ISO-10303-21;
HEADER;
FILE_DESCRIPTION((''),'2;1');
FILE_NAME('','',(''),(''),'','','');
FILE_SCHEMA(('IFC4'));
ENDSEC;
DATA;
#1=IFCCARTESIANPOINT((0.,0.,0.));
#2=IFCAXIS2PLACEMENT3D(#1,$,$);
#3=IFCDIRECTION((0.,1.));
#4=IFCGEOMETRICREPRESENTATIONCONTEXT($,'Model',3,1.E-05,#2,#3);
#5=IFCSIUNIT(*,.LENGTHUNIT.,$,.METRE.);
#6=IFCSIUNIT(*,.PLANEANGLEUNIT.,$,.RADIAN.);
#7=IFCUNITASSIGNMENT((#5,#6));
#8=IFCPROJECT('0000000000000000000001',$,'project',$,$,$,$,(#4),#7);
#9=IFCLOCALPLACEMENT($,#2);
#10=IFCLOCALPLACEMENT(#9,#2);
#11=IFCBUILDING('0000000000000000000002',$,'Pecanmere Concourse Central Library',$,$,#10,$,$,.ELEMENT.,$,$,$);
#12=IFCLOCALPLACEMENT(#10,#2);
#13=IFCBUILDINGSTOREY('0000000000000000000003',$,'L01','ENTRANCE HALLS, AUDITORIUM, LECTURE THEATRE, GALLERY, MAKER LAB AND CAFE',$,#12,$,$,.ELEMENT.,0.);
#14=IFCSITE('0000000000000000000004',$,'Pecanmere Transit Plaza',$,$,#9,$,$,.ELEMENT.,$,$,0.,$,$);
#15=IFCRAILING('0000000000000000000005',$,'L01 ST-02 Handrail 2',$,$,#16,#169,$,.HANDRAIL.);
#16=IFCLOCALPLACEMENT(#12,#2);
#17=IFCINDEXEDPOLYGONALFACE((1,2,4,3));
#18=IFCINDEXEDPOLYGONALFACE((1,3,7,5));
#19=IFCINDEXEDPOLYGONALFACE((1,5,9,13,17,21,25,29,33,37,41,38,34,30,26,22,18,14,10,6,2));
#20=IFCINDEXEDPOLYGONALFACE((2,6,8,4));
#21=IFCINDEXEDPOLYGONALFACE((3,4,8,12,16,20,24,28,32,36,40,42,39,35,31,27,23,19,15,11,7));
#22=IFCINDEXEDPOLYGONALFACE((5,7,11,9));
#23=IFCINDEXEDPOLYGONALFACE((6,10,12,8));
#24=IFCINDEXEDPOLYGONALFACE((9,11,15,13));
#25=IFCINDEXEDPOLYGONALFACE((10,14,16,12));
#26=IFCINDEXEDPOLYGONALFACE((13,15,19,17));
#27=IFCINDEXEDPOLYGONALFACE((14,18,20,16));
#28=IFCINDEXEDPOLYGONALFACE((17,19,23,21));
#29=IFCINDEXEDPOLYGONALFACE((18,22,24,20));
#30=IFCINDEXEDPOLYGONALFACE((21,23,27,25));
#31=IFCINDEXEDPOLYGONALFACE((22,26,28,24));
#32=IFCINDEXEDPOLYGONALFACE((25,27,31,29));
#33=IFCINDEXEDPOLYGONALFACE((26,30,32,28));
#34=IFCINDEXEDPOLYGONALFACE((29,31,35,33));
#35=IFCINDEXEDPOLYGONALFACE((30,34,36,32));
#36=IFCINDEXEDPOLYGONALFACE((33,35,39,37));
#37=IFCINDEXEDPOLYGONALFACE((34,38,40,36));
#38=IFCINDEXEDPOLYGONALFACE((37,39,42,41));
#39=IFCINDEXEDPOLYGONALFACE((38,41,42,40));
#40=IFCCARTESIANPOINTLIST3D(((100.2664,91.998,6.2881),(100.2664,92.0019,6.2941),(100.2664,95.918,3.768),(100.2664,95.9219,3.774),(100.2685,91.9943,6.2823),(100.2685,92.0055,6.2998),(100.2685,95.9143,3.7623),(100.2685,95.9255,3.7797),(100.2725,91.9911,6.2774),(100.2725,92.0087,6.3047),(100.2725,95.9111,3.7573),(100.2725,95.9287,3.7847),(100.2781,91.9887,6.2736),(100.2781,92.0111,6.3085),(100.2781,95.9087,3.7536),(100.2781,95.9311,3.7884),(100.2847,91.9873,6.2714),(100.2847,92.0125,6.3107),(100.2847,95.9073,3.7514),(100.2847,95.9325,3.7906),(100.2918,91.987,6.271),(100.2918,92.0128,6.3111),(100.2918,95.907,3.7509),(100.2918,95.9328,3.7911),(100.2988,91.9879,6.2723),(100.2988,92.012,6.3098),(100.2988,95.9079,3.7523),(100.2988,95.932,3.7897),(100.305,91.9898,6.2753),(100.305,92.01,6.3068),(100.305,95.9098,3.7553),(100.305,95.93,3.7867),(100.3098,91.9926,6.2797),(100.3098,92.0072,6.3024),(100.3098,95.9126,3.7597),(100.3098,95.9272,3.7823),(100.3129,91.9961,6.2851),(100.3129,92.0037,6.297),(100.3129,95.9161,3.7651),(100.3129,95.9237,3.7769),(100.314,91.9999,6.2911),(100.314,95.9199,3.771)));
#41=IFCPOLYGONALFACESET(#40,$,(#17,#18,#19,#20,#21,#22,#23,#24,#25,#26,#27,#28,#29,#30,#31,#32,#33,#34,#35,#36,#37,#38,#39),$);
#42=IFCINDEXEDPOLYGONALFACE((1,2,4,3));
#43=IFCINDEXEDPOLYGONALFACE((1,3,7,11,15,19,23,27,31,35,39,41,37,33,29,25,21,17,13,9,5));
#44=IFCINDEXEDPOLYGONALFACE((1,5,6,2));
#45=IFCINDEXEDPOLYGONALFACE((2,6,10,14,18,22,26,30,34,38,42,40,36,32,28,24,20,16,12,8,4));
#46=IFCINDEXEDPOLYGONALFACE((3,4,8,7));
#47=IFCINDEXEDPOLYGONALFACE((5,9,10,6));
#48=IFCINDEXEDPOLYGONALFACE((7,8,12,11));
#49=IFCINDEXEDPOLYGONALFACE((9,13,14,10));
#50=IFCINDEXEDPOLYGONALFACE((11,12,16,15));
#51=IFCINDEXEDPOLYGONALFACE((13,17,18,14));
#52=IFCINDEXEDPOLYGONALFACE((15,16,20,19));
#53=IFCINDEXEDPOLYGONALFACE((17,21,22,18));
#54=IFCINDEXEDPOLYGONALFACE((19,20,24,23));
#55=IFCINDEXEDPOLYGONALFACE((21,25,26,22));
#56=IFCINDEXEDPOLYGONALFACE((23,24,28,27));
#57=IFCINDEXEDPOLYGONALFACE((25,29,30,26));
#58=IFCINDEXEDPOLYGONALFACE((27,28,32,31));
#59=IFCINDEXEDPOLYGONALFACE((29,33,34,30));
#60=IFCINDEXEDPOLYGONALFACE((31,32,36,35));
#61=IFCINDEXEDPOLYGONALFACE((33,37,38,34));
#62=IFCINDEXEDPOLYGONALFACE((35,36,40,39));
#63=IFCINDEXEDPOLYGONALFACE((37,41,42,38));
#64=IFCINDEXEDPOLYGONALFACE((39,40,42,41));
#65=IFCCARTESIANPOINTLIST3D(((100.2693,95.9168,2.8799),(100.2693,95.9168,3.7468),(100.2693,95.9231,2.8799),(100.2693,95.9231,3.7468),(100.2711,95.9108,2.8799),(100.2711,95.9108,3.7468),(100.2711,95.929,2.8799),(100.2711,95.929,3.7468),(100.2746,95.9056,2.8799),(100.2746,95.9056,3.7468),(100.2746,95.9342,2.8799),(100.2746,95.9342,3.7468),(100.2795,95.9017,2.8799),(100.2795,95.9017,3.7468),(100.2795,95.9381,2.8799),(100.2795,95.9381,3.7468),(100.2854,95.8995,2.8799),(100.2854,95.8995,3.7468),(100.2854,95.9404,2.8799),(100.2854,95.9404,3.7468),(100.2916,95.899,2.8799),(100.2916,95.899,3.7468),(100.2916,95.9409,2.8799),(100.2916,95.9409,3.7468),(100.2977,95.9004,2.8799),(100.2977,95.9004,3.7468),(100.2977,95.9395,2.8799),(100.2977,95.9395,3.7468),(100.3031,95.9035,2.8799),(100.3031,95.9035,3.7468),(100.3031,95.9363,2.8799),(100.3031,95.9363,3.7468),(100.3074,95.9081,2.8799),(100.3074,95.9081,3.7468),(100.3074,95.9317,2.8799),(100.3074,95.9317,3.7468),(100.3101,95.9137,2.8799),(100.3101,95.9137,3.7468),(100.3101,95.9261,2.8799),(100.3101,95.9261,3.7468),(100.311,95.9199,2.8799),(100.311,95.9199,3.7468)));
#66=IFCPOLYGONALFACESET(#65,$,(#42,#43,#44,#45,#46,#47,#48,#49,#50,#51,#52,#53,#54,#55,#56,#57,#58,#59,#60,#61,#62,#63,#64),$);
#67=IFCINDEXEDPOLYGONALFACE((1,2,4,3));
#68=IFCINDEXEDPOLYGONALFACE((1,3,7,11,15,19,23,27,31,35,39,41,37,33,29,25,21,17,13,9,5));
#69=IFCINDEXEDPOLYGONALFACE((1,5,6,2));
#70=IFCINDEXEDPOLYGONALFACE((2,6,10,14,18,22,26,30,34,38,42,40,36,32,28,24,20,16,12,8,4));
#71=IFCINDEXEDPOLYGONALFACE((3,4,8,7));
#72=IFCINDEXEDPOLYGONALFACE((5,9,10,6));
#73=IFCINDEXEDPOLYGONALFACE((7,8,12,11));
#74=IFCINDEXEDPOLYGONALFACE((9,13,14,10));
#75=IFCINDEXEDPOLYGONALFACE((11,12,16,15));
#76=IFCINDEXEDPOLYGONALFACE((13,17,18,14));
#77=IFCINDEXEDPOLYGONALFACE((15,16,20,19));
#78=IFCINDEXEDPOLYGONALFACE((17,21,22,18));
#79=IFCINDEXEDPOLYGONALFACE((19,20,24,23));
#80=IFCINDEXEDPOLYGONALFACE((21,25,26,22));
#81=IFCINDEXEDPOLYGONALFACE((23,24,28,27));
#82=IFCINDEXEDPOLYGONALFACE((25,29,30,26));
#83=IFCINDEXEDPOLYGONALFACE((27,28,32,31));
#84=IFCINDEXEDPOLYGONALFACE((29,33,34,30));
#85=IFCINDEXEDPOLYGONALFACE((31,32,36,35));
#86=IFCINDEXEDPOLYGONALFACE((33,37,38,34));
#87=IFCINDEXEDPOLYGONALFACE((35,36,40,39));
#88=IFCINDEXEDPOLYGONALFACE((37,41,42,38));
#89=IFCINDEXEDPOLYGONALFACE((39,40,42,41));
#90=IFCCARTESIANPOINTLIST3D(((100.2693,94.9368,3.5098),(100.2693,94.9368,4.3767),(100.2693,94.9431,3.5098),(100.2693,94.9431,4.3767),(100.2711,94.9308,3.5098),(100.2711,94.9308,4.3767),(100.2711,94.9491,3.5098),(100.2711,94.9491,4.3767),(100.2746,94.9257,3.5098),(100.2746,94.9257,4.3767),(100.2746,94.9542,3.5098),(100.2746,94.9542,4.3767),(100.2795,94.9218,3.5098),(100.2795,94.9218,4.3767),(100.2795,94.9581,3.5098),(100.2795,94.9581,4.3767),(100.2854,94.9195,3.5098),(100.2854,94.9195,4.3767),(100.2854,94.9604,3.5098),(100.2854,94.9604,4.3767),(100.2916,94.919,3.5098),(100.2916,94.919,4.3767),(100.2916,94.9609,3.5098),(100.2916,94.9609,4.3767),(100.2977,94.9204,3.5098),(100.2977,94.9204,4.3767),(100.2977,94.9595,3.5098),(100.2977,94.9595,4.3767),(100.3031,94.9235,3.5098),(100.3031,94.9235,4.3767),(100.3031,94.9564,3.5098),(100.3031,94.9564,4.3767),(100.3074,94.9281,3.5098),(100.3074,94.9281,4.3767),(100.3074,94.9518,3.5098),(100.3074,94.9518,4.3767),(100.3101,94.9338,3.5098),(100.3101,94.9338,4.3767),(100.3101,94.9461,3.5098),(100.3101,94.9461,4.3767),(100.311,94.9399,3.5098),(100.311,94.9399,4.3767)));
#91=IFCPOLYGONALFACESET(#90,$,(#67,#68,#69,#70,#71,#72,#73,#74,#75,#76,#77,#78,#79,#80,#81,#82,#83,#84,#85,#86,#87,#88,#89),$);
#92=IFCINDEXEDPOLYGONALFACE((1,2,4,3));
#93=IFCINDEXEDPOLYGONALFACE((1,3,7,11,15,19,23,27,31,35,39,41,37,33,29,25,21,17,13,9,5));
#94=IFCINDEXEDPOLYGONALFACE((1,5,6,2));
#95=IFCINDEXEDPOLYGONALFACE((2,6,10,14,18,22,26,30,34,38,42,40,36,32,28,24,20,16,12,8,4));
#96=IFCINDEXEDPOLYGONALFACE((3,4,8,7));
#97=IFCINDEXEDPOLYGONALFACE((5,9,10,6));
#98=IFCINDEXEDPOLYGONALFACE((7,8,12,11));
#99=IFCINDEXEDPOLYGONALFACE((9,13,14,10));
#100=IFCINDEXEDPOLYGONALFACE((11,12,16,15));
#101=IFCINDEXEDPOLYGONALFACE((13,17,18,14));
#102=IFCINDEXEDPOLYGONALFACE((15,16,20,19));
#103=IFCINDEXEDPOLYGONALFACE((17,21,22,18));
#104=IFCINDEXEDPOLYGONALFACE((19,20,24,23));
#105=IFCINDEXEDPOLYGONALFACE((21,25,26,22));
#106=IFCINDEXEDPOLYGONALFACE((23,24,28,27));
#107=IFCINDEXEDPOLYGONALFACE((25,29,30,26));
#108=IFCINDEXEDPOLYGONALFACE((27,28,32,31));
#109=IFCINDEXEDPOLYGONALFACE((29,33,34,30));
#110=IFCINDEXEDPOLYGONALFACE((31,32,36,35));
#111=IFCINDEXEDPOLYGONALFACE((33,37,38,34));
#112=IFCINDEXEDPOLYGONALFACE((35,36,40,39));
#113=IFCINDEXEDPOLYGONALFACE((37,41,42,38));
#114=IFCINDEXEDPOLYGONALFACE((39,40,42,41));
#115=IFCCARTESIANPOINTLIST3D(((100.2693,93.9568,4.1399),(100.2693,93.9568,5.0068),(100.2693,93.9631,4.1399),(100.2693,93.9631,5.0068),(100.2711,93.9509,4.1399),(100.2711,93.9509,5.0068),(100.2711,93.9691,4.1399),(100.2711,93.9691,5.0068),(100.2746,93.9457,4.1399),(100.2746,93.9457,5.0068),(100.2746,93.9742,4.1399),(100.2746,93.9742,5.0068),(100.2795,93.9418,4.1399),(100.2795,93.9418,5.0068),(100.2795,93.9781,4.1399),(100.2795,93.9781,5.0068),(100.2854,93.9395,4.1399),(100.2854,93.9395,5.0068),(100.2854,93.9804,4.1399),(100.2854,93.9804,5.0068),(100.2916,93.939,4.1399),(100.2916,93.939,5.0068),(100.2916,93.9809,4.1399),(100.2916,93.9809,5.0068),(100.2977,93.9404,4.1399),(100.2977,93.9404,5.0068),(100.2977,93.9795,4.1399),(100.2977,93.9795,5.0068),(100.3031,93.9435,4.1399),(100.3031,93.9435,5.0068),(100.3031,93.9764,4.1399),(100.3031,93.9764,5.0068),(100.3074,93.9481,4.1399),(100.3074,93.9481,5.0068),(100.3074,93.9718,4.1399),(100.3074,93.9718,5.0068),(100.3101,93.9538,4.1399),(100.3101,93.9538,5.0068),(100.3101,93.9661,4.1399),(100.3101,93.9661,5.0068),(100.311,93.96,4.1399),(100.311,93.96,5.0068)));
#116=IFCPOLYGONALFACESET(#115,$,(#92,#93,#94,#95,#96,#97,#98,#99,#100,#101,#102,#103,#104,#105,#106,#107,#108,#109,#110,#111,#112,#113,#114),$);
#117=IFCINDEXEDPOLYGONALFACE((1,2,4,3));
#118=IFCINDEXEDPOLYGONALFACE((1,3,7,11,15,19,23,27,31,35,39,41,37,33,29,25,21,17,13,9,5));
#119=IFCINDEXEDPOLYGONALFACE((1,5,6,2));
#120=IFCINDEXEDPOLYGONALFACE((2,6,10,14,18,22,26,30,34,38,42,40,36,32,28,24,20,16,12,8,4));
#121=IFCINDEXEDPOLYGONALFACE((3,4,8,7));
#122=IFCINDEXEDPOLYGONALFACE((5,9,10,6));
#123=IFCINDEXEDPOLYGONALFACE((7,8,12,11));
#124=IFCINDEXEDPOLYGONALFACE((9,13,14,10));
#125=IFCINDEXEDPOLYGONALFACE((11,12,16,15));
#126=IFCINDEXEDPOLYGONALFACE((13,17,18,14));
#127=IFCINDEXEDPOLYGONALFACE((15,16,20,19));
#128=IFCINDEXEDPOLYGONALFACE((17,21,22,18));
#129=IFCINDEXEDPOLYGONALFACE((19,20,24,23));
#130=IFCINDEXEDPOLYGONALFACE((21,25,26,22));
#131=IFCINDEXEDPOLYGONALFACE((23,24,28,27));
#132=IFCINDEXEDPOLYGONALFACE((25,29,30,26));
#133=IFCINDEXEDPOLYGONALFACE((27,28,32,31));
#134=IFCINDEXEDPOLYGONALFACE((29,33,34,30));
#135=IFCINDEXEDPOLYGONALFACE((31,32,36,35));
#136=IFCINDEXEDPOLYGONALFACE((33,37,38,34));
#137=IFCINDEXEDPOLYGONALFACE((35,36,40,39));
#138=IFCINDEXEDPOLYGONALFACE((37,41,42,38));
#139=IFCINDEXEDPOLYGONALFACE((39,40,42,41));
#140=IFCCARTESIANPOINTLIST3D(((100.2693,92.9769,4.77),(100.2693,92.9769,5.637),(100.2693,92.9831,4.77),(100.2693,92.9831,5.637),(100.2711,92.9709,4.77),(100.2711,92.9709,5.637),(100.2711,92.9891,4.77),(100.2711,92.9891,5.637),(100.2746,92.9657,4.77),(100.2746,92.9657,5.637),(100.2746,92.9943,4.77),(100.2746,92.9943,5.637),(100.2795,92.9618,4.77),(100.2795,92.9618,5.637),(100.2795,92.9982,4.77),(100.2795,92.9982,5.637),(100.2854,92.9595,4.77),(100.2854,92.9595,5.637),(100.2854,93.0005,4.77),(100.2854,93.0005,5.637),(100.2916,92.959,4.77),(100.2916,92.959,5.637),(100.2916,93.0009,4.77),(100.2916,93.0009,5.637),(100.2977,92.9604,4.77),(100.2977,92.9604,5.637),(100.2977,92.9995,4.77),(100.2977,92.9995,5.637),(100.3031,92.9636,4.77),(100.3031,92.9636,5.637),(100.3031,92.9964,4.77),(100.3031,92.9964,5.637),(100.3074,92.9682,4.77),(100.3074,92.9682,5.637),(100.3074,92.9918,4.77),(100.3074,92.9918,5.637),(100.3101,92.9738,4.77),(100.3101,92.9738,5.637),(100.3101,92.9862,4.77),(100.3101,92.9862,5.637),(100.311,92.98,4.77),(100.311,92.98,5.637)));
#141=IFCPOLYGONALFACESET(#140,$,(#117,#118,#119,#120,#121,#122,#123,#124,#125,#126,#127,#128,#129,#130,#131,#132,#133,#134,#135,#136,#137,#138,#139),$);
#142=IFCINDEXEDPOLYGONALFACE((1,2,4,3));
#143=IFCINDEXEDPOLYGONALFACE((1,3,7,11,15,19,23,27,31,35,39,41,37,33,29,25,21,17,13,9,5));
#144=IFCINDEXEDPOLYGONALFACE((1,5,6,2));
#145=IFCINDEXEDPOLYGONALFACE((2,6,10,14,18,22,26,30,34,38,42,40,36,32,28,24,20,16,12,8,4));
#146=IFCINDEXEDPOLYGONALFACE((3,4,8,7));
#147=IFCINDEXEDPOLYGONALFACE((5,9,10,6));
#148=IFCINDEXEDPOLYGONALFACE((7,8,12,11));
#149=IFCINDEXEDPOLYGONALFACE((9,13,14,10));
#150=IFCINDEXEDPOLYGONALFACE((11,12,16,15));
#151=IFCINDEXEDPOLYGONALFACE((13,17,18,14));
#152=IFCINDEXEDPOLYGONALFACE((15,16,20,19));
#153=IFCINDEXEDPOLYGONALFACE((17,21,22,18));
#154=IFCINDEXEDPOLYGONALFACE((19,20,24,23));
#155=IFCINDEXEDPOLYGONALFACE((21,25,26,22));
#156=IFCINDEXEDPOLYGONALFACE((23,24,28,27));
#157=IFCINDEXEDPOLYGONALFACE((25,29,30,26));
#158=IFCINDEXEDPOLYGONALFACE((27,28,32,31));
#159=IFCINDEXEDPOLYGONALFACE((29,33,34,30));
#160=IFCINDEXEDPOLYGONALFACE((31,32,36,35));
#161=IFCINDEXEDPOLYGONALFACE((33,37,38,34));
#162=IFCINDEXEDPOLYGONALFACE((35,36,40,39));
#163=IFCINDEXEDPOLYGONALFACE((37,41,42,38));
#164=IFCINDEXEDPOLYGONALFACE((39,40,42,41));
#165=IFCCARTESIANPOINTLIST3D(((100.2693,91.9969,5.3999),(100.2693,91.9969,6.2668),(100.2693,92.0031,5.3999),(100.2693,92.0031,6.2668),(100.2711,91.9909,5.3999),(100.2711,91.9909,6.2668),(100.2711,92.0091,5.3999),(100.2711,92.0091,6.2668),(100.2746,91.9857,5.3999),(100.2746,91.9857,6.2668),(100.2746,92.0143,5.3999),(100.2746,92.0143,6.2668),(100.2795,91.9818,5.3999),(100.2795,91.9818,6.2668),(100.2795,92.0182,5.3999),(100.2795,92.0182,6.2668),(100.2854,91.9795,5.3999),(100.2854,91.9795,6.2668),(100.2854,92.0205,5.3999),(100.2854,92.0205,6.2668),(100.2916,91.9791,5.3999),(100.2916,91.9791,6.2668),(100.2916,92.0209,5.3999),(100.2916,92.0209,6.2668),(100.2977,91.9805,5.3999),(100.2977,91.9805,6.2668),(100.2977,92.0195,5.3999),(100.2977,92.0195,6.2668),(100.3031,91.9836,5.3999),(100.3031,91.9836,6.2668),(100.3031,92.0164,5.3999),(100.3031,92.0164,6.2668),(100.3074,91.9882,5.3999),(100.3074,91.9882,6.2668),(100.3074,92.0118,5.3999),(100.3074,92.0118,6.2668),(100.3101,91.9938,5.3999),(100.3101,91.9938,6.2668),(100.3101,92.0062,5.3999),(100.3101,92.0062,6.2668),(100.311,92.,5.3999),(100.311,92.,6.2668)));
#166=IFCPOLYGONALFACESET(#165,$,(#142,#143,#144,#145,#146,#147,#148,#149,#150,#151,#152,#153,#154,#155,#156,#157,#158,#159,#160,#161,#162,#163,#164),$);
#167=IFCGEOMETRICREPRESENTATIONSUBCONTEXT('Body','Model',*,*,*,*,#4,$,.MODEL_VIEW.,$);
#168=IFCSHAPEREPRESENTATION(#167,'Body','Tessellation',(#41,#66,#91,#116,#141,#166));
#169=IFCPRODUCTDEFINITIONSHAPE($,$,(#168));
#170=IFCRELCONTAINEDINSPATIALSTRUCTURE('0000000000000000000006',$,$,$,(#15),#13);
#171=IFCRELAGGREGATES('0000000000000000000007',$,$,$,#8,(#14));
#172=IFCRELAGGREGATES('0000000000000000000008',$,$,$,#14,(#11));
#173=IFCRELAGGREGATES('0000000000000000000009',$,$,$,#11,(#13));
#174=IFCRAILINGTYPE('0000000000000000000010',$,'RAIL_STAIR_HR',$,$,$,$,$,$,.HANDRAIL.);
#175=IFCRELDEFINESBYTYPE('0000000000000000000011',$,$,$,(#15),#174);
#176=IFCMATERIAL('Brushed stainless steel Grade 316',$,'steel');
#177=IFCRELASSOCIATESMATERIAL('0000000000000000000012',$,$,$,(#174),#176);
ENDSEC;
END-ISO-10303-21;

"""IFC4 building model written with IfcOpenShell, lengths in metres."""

from ifc_helpers import new_model, si_unit, direction, frame, origin, origin_2d, place, context, subcontext, project, spatial, circle, extrude, material, type_object, element, save


model = new_model("IFC4")

# Units and contexts
model_context = context("Model", 3, precision=1e-05, world=origin(), true_north=direction((0.0, 1.0)))
body_context = subcontext(model_context, "Body", "Model", "MODEL_VIEW")
ifc_project = project(units=[si_unit("LENGTHUNIT", "METRE"), si_unit("PLANEANGLEUNIT", "RADIAN")], contexts=[model_context])

# Site, building, storey
site_placement = place(None, origin())
site = spatial("IfcSite", under=ifc_project, at=site_placement, Name="Pecanmere Transit Plaza", CompositionType="ELEMENT", RefElevation=0.0)
building_placement = place(site_placement, origin())
building = spatial("IfcBuilding", under=site, at=building_placement, Name="Pecanmere Concourse Central Library", CompositionType="ELEMENT")
storey_placement = place(building_placement, origin())
storey = spatial("IfcBuildingStorey", under=building, at=storey_placement, Name="L01", Description="ENTRANCE HALLS, AUDITORIUM, LECTURE THEATRE, GALLERY, MAKER LAB AND CAFE", CompositionType="ELEMENT", Elevation=0.0)

# Railing
ifc_material_1 = material(Name="Brushed stainless steel Grade 316", Category="steel")
railing_type_1 = type_object("IfcRailingType", Name="RAIL_STAIR_HR", PredefinedType="HANDRAIL", material=ifc_material_1)
railing_1_placement = place(storey_placement, frame((100.29, 95.9199, 2.8799)))
element("IfcRailing", 1, at=railing_1_placement, inside=storey, type_object=railing_type_1, Name="L01 ST-02 Handrail 2", PredefinedType="HANDRAIL", context=body_context, shape_type="SweptSolid", body=[
    extrude(circle(Radius=0.0239, at=origin_2d()), frame((0.0, 0.0, 0.8911), z_axis=(0.0, -0.841172, 0.540768), x_axis=(1.0, 0.0, 0.0)), (0.0, 0.0, 1.0), 4.6602),
    extrude(circle(Radius=0.021, at=origin_2d()), origin(), (0.0, 0.0, 1.0), 0.8669),
    extrude(circle(Radius=0.021, at=origin_2d()), frame((0.0, -0.98, 0.6299)), (0.0, 0.0, 1.0), 0.8669),
    extrude(circle(Radius=0.021, at=origin_2d()), frame((0.0, -1.96, 1.26)), (0.0, 0.0, 1.0), 0.8669),
    extrude(circle(Radius=0.021, at=origin_2d()), frame((0.0, -2.9399, 1.8901)), (0.0, 0.0, 1.0), 0.8669),
    extrude(circle(Radius=0.021, at=origin_2d()), frame((0.0, -3.9199, 2.52)), (0.0, 0.0, 1.0), 0.8669),
])

save(model, "model.ifc")
